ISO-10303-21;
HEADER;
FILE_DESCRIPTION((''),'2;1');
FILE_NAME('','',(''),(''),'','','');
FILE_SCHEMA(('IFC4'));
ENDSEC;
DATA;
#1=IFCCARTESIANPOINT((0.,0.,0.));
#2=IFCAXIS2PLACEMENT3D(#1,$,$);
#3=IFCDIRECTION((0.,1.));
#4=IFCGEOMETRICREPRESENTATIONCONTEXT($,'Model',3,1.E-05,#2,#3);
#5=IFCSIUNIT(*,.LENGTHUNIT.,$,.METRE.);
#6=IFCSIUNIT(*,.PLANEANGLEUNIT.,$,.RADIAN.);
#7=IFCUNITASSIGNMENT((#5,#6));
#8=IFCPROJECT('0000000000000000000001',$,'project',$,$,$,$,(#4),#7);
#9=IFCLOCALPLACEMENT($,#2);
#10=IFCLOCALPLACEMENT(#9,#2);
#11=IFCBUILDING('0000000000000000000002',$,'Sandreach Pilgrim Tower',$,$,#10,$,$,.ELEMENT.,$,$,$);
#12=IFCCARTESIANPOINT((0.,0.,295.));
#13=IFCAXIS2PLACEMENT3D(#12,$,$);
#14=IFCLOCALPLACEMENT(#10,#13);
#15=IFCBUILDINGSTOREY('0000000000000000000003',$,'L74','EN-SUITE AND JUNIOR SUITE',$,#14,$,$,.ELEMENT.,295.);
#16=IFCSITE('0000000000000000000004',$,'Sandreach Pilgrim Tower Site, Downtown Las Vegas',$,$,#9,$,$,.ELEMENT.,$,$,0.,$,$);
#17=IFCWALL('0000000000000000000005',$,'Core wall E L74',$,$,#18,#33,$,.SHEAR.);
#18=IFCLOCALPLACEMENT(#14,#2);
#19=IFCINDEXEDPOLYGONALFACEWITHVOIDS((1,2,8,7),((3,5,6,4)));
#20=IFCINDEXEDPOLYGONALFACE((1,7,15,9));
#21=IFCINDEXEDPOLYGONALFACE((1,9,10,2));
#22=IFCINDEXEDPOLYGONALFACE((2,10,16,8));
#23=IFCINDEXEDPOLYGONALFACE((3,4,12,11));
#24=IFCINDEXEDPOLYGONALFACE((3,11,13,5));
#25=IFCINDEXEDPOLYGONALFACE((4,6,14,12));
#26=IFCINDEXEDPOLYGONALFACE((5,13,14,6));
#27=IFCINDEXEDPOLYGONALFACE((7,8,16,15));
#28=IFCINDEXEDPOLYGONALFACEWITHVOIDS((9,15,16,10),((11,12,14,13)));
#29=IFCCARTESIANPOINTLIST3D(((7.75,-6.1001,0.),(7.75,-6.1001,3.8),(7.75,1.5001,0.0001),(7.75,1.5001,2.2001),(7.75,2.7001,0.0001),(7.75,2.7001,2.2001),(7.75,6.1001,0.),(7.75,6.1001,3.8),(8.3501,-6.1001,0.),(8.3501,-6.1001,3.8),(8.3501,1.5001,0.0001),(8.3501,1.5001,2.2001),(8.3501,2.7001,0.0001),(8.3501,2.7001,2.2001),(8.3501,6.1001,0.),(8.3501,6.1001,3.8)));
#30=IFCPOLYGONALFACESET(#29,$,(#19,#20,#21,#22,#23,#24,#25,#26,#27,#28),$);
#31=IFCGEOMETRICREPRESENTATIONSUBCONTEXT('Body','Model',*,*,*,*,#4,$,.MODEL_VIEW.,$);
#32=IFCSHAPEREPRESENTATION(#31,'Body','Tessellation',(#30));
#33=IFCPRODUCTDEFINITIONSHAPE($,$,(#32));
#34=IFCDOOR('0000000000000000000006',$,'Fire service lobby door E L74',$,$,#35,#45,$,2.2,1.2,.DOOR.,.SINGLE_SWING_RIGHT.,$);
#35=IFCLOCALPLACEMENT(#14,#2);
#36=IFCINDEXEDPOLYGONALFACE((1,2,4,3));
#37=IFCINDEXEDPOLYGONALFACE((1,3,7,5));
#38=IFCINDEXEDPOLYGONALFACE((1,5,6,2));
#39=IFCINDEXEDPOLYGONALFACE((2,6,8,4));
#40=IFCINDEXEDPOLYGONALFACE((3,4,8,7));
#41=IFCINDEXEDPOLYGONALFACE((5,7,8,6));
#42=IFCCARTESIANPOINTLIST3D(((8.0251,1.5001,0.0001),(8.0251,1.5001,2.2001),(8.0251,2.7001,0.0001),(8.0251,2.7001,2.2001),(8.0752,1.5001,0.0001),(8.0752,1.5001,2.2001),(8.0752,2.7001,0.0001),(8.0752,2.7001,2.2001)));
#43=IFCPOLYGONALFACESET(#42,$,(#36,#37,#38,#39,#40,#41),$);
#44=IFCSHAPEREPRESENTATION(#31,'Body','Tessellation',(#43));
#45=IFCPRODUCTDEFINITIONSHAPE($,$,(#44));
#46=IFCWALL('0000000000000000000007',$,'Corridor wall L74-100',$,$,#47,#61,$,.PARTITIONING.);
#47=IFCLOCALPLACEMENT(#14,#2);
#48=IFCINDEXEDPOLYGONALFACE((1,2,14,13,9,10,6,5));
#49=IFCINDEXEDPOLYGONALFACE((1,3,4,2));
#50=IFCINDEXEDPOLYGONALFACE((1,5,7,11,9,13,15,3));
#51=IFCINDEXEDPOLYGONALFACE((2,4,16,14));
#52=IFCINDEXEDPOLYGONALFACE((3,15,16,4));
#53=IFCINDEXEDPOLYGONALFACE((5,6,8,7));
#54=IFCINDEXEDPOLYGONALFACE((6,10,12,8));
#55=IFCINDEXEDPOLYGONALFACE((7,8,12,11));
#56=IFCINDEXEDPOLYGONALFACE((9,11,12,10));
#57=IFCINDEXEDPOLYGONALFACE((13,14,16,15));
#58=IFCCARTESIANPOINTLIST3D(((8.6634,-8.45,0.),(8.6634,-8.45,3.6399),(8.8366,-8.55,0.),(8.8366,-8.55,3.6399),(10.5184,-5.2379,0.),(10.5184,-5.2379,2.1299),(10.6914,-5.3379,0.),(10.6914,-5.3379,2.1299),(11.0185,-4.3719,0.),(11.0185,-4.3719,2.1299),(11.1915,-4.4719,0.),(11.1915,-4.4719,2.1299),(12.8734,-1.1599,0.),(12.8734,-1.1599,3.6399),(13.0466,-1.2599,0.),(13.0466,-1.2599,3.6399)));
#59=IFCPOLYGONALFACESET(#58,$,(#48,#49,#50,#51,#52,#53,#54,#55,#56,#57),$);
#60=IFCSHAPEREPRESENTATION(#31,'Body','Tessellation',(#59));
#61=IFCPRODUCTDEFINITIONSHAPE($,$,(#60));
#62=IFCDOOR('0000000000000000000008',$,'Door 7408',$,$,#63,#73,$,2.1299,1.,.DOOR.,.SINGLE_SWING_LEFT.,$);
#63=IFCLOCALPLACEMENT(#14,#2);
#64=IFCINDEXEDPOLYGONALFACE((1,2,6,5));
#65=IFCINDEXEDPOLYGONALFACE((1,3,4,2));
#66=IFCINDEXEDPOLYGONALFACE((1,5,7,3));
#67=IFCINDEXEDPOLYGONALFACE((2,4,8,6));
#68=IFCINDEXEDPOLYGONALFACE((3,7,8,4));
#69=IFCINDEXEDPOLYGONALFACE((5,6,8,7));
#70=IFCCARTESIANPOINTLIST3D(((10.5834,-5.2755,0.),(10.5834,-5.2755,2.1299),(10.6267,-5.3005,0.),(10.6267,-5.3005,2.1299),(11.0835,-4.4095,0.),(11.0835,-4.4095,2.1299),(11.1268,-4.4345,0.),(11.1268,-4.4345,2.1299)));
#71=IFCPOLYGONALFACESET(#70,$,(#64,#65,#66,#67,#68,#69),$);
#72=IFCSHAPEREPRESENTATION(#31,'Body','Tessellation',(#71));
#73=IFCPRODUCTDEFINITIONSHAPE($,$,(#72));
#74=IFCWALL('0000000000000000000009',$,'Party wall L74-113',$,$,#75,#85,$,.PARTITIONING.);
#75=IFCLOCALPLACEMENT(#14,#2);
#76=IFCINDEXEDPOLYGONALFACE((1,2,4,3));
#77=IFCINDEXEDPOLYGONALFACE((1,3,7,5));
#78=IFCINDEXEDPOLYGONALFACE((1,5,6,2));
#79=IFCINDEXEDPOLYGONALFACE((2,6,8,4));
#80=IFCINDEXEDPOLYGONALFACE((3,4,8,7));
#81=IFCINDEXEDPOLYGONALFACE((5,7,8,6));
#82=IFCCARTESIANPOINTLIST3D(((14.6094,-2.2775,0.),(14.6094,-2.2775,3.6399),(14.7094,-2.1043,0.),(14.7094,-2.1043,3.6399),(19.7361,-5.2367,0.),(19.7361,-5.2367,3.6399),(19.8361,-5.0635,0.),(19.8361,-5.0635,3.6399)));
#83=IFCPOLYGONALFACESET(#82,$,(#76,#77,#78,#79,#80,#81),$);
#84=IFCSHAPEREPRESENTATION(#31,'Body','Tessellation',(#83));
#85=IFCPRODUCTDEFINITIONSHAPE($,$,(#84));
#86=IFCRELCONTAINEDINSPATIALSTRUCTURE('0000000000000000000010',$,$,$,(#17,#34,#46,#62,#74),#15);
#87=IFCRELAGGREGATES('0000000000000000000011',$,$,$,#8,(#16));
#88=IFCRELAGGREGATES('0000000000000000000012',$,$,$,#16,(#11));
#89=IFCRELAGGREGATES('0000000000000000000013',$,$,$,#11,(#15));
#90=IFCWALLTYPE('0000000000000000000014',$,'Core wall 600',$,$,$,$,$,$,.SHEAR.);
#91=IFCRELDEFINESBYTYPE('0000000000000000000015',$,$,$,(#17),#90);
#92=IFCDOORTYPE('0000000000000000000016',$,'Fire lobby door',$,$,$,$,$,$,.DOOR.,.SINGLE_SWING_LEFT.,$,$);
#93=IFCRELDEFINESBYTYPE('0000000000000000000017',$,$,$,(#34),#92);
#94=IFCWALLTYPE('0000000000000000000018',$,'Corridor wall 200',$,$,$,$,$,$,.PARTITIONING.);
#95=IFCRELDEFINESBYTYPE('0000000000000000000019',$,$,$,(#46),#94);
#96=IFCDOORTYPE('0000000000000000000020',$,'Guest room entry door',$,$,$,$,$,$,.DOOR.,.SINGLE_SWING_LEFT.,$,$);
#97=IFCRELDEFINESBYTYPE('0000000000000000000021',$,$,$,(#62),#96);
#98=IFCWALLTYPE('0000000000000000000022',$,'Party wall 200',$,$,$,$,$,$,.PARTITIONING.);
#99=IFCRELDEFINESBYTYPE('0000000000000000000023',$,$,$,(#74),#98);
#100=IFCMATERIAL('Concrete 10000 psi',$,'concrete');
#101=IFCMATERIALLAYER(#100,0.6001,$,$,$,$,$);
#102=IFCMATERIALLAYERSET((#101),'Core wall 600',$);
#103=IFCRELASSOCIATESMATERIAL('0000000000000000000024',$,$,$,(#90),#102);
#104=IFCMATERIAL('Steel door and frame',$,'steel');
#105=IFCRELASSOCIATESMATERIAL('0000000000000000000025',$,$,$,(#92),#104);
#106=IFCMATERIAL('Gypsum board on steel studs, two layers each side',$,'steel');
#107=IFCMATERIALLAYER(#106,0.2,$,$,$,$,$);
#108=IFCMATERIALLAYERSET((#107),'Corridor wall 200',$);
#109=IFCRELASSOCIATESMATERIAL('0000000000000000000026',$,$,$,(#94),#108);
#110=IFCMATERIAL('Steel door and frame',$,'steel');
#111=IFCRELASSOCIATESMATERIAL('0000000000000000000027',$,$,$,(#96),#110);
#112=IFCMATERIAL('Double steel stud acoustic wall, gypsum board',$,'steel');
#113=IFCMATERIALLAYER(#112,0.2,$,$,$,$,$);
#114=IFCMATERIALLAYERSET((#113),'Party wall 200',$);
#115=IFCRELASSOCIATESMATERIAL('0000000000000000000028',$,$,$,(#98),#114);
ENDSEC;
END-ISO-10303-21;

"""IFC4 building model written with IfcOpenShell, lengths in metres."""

from ifc_helpers import new_model, si_unit, direction, frame, frame_2d, origin, place, context, subcontext, project, spatial, rectangle, extrude, material, layer, layer_set, type_object, element, fill, save


model = new_model("IFC4")

# Units and contexts
model_context = context("Model", 3, precision=1e-05, world=origin(), true_north=direction((0.0, 1.0)))
body_context = subcontext(model_context, "Body", "Model", "MODEL_VIEW")
ifc_project = project(units=[si_unit("LENGTHUNIT", "METRE"), si_unit("PLANEANGLEUNIT", "RADIAN")], contexts=[model_context])

# Site, building, storey
site_placement = place(None, origin())
site = spatial("IfcSite", under=ifc_project, at=site_placement, Name="Sandreach Pilgrim Tower Site, Downtown Las Vegas", CompositionType="ELEMENT", RefElevation=0.0)
building_placement = place(site_placement, origin())
building = spatial("IfcBuilding", under=site, at=building_placement, Name="Sandreach Pilgrim Tower", CompositionType="ELEMENT")
storey_placement = place(building_placement, frame((0.0, 0.0, 295.0)))
storey = spatial("IfcBuildingStorey", under=building, at=storey_placement, Name="L74", Description="EN-SUITE AND JUNIOR SUITE", CompositionType="ELEMENT", Elevation=295.0)

# Walls, openings, doors
ifc_material_1 = material(Name="Concrete 10000 psi", Category="concrete")
ifc_layer_1 = layer(ifc_material_1, 0.6001)
ifc_layer_set_1 = layer_set([ifc_layer_1], Name="Core wall 600")
wall_type_1 = type_object("IfcWallType", Name="Core wall 600", PredefinedType="SHEAR", material=ifc_layer_set_1)
wall_1_placement = place(storey_placement, frame((8.05, -6.1001, 0.0), z_axis=(0.0, 0.0, 1.0), x_axis=(0.0, 1.0, 0.0)))
wall_1 = element("IfcWall", 1, at=wall_1_placement, inside=storey, type_object=wall_type_1, Name="Core wall E L74", PredefinedType="SHEAR", context=body_context, shape_type="SweptSolid", body=[
    extrude(rectangle(XDim=12.2002, YDim=0.6001, at=frame_2d((6.1001, 0.0))), origin(), (0.0, 0.0, 1.0), 3.8),
])
opening_1_placement = place(wall_1_placement, frame((7.6001, 0.0, 0.0)))
opening_1 = element("IfcOpeningElement", 2, at=opening_1_placement, cuts=wall_1, PredefinedType="OPENING", context=body_context, shape_type="SweptSolid", body=[
    extrude(rectangle(XDim=1.2, YDim=2.2, at=frame_2d((0.6001, 1.1001))), frame((0.0, 0.3, 0.0), z_axis=(0.0, -1.0, 0.0), x_axis=(1.0, 0.0, 0.0)), (0.0, 0.0, 1.0), 0.6001),
])
ifc_material_2 = material(Name="Steel door and frame", Category="steel")
door_type_1 = type_object("IfcDoorType", Name="Fire lobby door", OperationType="SINGLE_SWING_LEFT", PredefinedType="DOOR", material=ifc_material_2)
door_1_placement = place(opening_1_placement, origin())
door_1 = element("IfcDoor", 3, at=door_1_placement, inside=storey, type_object=door_type_1, Name="Fire service lobby door E L74", OperationType="SINGLE_SWING_RIGHT", OverallHeight=2.2, OverallWidth=1.2, PredefinedType="DOOR", context=body_context, shape_type="SweptSolid", body=[
    extrude(rectangle(XDim=1.2, YDim=2.2, at=frame_2d((0.6001, 1.1001))), frame((0.0, 0.0249, 0.0), z_axis=(0.0, -1.0, 0.0), x_axis=(1.0, 0.0, 0.0)), (0.0, 0.0, 1.0), 0.05),
])
fill(opening_1, door_1)
ifc_material_3 = material(Name="Gypsum board on steel studs, two layers each side", Category="steel")
ifc_layer_2 = layer(ifc_material_3, 0.2)
ifc_layer_set_2 = layer_set([ifc_layer_2], Name="Corridor wall 200")
wall_type_2 = type_object("IfcWallType", Name="Corridor wall 200", PredefinedType="PARTITIONING", material=ifc_layer_set_2)
wall_2_placement = place(storey_placement, frame((8.75, -8.5, 0.0), z_axis=(0.0, 0.0, 1.0), x_axis=(0.500094, 0.865971, 0.0)))
wall_2 = element("IfcWall", 4, at=wall_2_placement, inside=storey, type_object=wall_type_2, Name="Corridor wall L74-100", PredefinedType="PARTITIONING", context=body_context, shape_type="SweptSolid", body=[
    extrude(rectangle(XDim=8.4185, YDim=0.2, at=frame_2d((4.2092, 0.0))), origin(), (0.0, 0.0, 1.0), 3.6399),
])
opening_2_placement = place(wall_2_placement, frame((3.7092, 0.0, 0.0)))
opening_2 = element("IfcOpeningElement", 5, at=opening_2_placement, cuts=wall_2, PredefinedType="OPENING", context=body_context, shape_type="SweptSolid", body=[
    extrude(rectangle(XDim=1.0, YDim=2.1299, at=frame_2d((0.5, 1.0649))), frame((0.0, 0.1001, 0.0), z_axis=(0.0, -1.0, 0.0), x_axis=(1.0, 0.0, 0.0)), (0.0, 0.0, 1.0), 0.2),
])
ifc_material_4 = material(Name="Steel door and frame", Category="steel")
door_type_2 = type_object("IfcDoorType", Name="Guest room entry door", OperationType="SINGLE_SWING_LEFT", PredefinedType="DOOR", material=ifc_material_4)
door_2_placement = place(opening_2_placement, origin())
door_2 = element("IfcDoor", 6, at=door_2_placement, inside=storey, type_object=door_type_2, Name="Door 7408", OperationType="SINGLE_SWING_LEFT", OverallHeight=2.1299, OverallWidth=1.0, PredefinedType="DOOR", context=body_context, shape_type="SweptSolid", body=[
    extrude(rectangle(XDim=1.0, YDim=2.1299, at=frame_2d((0.5, 1.0649))), frame((0.0, 0.0249, 0.0), z_axis=(0.0, -1.0, 0.0), x_axis=(1.0, 0.0, 0.0)), (0.0, 0.0, 1.0), 0.05),
])
fill(opening_2, door_2)

# Wall
ifc_material_5 = material(Name="Double steel stud acoustic wall, gypsum board", Category="steel")
ifc_layer_3 = layer(ifc_material_5, 0.2)
ifc_layer_set_3 = layer_set([ifc_layer_3], Name="Party wall 200")
wall_type_3 = type_object("IfcWallType", Name="Party wall 200", PredefinedType="PARTITIONING", material=ifc_layer_set_3)
wall_3_placement = place(storey_placement, frame((14.6594, -2.1909, 0.0), z_axis=(0.0, 0.0, 1.0), x_axis=(0.866075, -0.499914, 0.0)))
element("IfcWall", 7, at=wall_3_placement, inside=storey, type_object=wall_type_3, Name="Party wall L74-113", PredefinedType="PARTITIONING", context=body_context, shape_type="SweptSolid", body=[
    extrude(rectangle(XDim=5.9194, YDim=0.2, at=frame_2d((2.9597, 0.0))), origin(), (0.0, 0.0, 1.0), 3.6399),
])

save(model, "model.ifc")
